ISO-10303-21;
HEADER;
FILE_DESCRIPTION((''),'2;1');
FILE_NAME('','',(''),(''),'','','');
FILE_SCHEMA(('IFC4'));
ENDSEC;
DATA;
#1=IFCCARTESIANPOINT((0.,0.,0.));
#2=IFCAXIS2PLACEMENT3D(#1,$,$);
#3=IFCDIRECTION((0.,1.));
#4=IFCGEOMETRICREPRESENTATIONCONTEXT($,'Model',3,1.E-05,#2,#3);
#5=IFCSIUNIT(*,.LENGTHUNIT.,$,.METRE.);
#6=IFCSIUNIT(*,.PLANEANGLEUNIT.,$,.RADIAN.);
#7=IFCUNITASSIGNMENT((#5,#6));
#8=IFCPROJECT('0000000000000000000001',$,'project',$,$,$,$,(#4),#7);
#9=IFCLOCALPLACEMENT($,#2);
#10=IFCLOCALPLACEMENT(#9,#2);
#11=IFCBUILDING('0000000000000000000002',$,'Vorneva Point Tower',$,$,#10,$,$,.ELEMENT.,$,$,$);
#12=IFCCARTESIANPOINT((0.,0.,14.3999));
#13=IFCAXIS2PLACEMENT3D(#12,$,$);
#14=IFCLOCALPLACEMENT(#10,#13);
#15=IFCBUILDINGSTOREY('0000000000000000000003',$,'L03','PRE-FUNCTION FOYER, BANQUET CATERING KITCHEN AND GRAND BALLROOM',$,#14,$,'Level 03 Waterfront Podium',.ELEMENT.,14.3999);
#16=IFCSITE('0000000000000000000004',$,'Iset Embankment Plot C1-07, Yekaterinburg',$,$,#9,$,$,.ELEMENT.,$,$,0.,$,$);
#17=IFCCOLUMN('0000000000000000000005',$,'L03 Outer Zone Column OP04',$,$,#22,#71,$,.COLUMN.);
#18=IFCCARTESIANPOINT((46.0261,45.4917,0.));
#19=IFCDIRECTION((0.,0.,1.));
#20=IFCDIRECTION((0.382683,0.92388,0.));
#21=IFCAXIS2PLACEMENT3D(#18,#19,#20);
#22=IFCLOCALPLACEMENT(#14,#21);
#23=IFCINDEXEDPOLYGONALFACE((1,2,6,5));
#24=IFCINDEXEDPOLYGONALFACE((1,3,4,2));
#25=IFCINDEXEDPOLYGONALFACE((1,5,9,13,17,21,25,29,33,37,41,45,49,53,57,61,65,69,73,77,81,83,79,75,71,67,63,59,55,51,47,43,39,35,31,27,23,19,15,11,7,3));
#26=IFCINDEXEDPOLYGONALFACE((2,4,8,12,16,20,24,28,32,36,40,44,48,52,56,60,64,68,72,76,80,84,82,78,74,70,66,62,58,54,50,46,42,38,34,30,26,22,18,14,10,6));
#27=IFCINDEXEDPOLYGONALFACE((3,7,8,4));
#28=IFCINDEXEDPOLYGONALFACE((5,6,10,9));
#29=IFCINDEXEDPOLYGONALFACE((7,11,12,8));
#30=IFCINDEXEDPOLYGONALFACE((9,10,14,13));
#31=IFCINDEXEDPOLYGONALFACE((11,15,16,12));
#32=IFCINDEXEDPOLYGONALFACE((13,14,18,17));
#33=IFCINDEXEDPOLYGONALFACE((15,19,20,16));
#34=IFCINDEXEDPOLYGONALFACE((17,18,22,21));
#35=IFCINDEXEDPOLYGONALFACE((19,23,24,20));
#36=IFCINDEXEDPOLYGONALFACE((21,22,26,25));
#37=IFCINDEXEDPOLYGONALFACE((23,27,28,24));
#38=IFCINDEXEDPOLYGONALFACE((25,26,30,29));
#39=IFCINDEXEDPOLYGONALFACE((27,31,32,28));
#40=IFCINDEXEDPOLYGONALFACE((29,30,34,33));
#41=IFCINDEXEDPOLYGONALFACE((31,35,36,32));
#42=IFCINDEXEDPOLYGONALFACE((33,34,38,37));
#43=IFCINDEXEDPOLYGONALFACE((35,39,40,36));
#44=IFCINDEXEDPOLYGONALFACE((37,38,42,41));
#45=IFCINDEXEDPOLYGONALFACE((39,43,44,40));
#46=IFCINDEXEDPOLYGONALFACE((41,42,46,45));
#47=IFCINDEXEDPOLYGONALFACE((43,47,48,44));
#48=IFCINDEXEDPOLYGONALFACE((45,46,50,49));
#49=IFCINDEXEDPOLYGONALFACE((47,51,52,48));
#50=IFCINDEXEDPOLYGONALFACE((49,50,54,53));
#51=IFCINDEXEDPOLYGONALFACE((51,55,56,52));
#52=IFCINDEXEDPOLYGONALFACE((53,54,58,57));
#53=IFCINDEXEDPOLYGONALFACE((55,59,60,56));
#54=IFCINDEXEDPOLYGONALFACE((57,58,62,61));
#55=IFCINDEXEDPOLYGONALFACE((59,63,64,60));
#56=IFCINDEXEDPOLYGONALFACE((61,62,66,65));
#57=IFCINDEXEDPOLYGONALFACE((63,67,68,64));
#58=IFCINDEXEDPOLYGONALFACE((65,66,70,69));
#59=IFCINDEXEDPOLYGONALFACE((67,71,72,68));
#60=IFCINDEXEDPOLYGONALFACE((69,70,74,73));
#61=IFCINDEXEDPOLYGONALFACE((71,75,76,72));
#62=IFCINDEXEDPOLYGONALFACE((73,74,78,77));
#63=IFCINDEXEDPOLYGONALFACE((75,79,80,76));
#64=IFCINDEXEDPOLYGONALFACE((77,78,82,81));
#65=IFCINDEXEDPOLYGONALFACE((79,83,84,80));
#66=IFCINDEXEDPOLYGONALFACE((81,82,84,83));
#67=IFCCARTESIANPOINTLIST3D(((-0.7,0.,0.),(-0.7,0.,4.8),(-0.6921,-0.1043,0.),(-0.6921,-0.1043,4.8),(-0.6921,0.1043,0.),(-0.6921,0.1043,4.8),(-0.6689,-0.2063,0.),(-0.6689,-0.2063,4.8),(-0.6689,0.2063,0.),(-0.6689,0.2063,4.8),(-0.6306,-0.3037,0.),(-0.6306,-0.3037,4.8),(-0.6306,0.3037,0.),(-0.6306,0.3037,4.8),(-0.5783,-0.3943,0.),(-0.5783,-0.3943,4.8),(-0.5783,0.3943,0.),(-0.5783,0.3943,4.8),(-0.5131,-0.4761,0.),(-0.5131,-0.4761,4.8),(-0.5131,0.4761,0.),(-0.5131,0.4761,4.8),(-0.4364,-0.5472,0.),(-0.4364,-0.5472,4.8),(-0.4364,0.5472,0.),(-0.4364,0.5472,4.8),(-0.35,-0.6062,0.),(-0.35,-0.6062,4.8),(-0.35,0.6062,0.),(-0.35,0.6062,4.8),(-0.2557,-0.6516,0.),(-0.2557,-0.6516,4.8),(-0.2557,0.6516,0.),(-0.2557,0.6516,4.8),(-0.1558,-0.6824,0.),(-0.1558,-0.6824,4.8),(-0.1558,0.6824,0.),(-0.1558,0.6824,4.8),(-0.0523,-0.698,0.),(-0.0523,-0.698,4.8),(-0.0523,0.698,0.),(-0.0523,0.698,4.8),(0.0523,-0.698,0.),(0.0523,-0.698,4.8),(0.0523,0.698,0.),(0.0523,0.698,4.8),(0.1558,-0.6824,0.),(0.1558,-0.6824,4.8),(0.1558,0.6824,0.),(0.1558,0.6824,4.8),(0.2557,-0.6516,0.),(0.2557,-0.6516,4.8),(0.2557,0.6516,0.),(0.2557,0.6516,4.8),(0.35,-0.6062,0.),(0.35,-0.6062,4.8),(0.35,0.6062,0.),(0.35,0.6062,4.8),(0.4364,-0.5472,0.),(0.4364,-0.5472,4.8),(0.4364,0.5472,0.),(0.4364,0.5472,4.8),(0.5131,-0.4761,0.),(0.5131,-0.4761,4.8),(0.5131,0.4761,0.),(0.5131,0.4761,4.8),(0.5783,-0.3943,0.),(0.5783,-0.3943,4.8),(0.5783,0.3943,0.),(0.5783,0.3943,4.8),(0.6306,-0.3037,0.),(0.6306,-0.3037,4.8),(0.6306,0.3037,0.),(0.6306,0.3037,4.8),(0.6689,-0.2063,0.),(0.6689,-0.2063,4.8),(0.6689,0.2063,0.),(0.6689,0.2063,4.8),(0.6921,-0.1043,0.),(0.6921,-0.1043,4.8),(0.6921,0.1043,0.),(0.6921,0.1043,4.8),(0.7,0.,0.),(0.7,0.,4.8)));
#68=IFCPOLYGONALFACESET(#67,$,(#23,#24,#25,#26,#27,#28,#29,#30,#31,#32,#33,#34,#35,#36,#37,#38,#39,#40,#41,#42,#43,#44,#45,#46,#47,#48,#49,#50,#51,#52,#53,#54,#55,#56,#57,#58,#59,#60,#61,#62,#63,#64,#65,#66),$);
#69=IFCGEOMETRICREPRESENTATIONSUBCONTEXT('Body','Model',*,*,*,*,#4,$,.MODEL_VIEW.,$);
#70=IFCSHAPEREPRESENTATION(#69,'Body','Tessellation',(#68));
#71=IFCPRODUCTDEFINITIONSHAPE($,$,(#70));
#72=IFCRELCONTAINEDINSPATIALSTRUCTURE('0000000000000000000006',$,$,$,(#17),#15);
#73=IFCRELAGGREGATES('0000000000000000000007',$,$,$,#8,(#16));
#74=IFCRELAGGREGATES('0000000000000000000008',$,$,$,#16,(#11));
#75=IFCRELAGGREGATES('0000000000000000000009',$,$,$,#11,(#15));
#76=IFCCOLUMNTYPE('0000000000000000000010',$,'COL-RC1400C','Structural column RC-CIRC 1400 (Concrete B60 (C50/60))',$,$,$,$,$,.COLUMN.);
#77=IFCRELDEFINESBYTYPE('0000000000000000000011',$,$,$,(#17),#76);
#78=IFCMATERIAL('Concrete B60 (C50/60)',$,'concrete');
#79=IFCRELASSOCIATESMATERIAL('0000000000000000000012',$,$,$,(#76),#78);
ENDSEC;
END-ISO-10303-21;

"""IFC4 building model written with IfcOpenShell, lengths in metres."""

from ifc_helpers import new_model, si_unit, direction, frame, origin, origin_2d, place, context, subcontext, project, spatial, circle, extrude, material, material_profile, profile_set, type_object, element, save


model = new_model("IFC4")

# Units and contexts
model_context = context("Model", 3, precision=1e-05, world=origin(), true_north=direction((0.0, 1.0)))
body_context = subcontext(model_context, "Body", "Model", "MODEL_VIEW")
ifc_project = project(units=[si_unit("LENGTHUNIT", "METRE"), si_unit("PLANEANGLEUNIT", "RADIAN")], contexts=[model_context])

# Site, building, storey
site_placement = place(None, origin())
site = spatial("IfcSite", under=ifc_project, at=site_placement, Name="Iset Embankment Plot C1-07, Yekaterinburg", CompositionType="ELEMENT", RefElevation=0.0)
building_placement = place(site_placement, origin())
building = spatial("IfcBuilding", under=site, at=building_placement, Name="Vorneva Point Tower", CompositionType="ELEMENT")
storey_placement = place(building_placement, frame((0.0, 0.0, 14.3999)))
storey = spatial("IfcBuildingStorey", under=building, at=storey_placement, Name="L03", Description="PRE-FUNCTION FOYER, BANQUET CATERING KITCHEN AND GRAND BALLROOM", LongName="Level 03 Waterfront Podium", CompositionType="ELEMENT", Elevation=14.3999)

# Column
ifc_material_1 = material(Name="Concrete B60 (C50/60)", Category="concrete")
ifc_material_profile_1 = material_profile(ifc_material_1, circle(Radius=0.7, at=origin_2d()), Name="RC-CIRC 1400")
ifc_profile_set_1 = profile_set([ifc_material_profile_1], Name="Concrete B60 (C50/60)")
column_type = type_object("IfcColumnType", Name="COL-RC1400C", Description="Structural column RC-CIRC 1400 (Concrete B60 (C50/60))", PredefinedType="COLUMN", material=ifc_profile_set_1)
for number, where, z_axis, x_axis, name in (
    (1, (46.0261, 45.4917, 0.0), (0.0, 0.0, 1.0), (0.382683, 0.92388, 0.0), "L03 Outer Zone Column OP04"),
):
    element("IfcColumn", number, at=place(storey_placement, frame(where, z_axis=z_axis, x_axis=x_axis)), inside=storey, type_object=column_type, Name=name, PredefinedType="COLUMN", context=body_context, shape_type="SweptSolid", body=[
        extrude(circle(Radius=0.7, at=origin_2d()), origin(), (0.0, 0.0, 1.0), 4.8),
    ])

save(model, "model.ifc")
